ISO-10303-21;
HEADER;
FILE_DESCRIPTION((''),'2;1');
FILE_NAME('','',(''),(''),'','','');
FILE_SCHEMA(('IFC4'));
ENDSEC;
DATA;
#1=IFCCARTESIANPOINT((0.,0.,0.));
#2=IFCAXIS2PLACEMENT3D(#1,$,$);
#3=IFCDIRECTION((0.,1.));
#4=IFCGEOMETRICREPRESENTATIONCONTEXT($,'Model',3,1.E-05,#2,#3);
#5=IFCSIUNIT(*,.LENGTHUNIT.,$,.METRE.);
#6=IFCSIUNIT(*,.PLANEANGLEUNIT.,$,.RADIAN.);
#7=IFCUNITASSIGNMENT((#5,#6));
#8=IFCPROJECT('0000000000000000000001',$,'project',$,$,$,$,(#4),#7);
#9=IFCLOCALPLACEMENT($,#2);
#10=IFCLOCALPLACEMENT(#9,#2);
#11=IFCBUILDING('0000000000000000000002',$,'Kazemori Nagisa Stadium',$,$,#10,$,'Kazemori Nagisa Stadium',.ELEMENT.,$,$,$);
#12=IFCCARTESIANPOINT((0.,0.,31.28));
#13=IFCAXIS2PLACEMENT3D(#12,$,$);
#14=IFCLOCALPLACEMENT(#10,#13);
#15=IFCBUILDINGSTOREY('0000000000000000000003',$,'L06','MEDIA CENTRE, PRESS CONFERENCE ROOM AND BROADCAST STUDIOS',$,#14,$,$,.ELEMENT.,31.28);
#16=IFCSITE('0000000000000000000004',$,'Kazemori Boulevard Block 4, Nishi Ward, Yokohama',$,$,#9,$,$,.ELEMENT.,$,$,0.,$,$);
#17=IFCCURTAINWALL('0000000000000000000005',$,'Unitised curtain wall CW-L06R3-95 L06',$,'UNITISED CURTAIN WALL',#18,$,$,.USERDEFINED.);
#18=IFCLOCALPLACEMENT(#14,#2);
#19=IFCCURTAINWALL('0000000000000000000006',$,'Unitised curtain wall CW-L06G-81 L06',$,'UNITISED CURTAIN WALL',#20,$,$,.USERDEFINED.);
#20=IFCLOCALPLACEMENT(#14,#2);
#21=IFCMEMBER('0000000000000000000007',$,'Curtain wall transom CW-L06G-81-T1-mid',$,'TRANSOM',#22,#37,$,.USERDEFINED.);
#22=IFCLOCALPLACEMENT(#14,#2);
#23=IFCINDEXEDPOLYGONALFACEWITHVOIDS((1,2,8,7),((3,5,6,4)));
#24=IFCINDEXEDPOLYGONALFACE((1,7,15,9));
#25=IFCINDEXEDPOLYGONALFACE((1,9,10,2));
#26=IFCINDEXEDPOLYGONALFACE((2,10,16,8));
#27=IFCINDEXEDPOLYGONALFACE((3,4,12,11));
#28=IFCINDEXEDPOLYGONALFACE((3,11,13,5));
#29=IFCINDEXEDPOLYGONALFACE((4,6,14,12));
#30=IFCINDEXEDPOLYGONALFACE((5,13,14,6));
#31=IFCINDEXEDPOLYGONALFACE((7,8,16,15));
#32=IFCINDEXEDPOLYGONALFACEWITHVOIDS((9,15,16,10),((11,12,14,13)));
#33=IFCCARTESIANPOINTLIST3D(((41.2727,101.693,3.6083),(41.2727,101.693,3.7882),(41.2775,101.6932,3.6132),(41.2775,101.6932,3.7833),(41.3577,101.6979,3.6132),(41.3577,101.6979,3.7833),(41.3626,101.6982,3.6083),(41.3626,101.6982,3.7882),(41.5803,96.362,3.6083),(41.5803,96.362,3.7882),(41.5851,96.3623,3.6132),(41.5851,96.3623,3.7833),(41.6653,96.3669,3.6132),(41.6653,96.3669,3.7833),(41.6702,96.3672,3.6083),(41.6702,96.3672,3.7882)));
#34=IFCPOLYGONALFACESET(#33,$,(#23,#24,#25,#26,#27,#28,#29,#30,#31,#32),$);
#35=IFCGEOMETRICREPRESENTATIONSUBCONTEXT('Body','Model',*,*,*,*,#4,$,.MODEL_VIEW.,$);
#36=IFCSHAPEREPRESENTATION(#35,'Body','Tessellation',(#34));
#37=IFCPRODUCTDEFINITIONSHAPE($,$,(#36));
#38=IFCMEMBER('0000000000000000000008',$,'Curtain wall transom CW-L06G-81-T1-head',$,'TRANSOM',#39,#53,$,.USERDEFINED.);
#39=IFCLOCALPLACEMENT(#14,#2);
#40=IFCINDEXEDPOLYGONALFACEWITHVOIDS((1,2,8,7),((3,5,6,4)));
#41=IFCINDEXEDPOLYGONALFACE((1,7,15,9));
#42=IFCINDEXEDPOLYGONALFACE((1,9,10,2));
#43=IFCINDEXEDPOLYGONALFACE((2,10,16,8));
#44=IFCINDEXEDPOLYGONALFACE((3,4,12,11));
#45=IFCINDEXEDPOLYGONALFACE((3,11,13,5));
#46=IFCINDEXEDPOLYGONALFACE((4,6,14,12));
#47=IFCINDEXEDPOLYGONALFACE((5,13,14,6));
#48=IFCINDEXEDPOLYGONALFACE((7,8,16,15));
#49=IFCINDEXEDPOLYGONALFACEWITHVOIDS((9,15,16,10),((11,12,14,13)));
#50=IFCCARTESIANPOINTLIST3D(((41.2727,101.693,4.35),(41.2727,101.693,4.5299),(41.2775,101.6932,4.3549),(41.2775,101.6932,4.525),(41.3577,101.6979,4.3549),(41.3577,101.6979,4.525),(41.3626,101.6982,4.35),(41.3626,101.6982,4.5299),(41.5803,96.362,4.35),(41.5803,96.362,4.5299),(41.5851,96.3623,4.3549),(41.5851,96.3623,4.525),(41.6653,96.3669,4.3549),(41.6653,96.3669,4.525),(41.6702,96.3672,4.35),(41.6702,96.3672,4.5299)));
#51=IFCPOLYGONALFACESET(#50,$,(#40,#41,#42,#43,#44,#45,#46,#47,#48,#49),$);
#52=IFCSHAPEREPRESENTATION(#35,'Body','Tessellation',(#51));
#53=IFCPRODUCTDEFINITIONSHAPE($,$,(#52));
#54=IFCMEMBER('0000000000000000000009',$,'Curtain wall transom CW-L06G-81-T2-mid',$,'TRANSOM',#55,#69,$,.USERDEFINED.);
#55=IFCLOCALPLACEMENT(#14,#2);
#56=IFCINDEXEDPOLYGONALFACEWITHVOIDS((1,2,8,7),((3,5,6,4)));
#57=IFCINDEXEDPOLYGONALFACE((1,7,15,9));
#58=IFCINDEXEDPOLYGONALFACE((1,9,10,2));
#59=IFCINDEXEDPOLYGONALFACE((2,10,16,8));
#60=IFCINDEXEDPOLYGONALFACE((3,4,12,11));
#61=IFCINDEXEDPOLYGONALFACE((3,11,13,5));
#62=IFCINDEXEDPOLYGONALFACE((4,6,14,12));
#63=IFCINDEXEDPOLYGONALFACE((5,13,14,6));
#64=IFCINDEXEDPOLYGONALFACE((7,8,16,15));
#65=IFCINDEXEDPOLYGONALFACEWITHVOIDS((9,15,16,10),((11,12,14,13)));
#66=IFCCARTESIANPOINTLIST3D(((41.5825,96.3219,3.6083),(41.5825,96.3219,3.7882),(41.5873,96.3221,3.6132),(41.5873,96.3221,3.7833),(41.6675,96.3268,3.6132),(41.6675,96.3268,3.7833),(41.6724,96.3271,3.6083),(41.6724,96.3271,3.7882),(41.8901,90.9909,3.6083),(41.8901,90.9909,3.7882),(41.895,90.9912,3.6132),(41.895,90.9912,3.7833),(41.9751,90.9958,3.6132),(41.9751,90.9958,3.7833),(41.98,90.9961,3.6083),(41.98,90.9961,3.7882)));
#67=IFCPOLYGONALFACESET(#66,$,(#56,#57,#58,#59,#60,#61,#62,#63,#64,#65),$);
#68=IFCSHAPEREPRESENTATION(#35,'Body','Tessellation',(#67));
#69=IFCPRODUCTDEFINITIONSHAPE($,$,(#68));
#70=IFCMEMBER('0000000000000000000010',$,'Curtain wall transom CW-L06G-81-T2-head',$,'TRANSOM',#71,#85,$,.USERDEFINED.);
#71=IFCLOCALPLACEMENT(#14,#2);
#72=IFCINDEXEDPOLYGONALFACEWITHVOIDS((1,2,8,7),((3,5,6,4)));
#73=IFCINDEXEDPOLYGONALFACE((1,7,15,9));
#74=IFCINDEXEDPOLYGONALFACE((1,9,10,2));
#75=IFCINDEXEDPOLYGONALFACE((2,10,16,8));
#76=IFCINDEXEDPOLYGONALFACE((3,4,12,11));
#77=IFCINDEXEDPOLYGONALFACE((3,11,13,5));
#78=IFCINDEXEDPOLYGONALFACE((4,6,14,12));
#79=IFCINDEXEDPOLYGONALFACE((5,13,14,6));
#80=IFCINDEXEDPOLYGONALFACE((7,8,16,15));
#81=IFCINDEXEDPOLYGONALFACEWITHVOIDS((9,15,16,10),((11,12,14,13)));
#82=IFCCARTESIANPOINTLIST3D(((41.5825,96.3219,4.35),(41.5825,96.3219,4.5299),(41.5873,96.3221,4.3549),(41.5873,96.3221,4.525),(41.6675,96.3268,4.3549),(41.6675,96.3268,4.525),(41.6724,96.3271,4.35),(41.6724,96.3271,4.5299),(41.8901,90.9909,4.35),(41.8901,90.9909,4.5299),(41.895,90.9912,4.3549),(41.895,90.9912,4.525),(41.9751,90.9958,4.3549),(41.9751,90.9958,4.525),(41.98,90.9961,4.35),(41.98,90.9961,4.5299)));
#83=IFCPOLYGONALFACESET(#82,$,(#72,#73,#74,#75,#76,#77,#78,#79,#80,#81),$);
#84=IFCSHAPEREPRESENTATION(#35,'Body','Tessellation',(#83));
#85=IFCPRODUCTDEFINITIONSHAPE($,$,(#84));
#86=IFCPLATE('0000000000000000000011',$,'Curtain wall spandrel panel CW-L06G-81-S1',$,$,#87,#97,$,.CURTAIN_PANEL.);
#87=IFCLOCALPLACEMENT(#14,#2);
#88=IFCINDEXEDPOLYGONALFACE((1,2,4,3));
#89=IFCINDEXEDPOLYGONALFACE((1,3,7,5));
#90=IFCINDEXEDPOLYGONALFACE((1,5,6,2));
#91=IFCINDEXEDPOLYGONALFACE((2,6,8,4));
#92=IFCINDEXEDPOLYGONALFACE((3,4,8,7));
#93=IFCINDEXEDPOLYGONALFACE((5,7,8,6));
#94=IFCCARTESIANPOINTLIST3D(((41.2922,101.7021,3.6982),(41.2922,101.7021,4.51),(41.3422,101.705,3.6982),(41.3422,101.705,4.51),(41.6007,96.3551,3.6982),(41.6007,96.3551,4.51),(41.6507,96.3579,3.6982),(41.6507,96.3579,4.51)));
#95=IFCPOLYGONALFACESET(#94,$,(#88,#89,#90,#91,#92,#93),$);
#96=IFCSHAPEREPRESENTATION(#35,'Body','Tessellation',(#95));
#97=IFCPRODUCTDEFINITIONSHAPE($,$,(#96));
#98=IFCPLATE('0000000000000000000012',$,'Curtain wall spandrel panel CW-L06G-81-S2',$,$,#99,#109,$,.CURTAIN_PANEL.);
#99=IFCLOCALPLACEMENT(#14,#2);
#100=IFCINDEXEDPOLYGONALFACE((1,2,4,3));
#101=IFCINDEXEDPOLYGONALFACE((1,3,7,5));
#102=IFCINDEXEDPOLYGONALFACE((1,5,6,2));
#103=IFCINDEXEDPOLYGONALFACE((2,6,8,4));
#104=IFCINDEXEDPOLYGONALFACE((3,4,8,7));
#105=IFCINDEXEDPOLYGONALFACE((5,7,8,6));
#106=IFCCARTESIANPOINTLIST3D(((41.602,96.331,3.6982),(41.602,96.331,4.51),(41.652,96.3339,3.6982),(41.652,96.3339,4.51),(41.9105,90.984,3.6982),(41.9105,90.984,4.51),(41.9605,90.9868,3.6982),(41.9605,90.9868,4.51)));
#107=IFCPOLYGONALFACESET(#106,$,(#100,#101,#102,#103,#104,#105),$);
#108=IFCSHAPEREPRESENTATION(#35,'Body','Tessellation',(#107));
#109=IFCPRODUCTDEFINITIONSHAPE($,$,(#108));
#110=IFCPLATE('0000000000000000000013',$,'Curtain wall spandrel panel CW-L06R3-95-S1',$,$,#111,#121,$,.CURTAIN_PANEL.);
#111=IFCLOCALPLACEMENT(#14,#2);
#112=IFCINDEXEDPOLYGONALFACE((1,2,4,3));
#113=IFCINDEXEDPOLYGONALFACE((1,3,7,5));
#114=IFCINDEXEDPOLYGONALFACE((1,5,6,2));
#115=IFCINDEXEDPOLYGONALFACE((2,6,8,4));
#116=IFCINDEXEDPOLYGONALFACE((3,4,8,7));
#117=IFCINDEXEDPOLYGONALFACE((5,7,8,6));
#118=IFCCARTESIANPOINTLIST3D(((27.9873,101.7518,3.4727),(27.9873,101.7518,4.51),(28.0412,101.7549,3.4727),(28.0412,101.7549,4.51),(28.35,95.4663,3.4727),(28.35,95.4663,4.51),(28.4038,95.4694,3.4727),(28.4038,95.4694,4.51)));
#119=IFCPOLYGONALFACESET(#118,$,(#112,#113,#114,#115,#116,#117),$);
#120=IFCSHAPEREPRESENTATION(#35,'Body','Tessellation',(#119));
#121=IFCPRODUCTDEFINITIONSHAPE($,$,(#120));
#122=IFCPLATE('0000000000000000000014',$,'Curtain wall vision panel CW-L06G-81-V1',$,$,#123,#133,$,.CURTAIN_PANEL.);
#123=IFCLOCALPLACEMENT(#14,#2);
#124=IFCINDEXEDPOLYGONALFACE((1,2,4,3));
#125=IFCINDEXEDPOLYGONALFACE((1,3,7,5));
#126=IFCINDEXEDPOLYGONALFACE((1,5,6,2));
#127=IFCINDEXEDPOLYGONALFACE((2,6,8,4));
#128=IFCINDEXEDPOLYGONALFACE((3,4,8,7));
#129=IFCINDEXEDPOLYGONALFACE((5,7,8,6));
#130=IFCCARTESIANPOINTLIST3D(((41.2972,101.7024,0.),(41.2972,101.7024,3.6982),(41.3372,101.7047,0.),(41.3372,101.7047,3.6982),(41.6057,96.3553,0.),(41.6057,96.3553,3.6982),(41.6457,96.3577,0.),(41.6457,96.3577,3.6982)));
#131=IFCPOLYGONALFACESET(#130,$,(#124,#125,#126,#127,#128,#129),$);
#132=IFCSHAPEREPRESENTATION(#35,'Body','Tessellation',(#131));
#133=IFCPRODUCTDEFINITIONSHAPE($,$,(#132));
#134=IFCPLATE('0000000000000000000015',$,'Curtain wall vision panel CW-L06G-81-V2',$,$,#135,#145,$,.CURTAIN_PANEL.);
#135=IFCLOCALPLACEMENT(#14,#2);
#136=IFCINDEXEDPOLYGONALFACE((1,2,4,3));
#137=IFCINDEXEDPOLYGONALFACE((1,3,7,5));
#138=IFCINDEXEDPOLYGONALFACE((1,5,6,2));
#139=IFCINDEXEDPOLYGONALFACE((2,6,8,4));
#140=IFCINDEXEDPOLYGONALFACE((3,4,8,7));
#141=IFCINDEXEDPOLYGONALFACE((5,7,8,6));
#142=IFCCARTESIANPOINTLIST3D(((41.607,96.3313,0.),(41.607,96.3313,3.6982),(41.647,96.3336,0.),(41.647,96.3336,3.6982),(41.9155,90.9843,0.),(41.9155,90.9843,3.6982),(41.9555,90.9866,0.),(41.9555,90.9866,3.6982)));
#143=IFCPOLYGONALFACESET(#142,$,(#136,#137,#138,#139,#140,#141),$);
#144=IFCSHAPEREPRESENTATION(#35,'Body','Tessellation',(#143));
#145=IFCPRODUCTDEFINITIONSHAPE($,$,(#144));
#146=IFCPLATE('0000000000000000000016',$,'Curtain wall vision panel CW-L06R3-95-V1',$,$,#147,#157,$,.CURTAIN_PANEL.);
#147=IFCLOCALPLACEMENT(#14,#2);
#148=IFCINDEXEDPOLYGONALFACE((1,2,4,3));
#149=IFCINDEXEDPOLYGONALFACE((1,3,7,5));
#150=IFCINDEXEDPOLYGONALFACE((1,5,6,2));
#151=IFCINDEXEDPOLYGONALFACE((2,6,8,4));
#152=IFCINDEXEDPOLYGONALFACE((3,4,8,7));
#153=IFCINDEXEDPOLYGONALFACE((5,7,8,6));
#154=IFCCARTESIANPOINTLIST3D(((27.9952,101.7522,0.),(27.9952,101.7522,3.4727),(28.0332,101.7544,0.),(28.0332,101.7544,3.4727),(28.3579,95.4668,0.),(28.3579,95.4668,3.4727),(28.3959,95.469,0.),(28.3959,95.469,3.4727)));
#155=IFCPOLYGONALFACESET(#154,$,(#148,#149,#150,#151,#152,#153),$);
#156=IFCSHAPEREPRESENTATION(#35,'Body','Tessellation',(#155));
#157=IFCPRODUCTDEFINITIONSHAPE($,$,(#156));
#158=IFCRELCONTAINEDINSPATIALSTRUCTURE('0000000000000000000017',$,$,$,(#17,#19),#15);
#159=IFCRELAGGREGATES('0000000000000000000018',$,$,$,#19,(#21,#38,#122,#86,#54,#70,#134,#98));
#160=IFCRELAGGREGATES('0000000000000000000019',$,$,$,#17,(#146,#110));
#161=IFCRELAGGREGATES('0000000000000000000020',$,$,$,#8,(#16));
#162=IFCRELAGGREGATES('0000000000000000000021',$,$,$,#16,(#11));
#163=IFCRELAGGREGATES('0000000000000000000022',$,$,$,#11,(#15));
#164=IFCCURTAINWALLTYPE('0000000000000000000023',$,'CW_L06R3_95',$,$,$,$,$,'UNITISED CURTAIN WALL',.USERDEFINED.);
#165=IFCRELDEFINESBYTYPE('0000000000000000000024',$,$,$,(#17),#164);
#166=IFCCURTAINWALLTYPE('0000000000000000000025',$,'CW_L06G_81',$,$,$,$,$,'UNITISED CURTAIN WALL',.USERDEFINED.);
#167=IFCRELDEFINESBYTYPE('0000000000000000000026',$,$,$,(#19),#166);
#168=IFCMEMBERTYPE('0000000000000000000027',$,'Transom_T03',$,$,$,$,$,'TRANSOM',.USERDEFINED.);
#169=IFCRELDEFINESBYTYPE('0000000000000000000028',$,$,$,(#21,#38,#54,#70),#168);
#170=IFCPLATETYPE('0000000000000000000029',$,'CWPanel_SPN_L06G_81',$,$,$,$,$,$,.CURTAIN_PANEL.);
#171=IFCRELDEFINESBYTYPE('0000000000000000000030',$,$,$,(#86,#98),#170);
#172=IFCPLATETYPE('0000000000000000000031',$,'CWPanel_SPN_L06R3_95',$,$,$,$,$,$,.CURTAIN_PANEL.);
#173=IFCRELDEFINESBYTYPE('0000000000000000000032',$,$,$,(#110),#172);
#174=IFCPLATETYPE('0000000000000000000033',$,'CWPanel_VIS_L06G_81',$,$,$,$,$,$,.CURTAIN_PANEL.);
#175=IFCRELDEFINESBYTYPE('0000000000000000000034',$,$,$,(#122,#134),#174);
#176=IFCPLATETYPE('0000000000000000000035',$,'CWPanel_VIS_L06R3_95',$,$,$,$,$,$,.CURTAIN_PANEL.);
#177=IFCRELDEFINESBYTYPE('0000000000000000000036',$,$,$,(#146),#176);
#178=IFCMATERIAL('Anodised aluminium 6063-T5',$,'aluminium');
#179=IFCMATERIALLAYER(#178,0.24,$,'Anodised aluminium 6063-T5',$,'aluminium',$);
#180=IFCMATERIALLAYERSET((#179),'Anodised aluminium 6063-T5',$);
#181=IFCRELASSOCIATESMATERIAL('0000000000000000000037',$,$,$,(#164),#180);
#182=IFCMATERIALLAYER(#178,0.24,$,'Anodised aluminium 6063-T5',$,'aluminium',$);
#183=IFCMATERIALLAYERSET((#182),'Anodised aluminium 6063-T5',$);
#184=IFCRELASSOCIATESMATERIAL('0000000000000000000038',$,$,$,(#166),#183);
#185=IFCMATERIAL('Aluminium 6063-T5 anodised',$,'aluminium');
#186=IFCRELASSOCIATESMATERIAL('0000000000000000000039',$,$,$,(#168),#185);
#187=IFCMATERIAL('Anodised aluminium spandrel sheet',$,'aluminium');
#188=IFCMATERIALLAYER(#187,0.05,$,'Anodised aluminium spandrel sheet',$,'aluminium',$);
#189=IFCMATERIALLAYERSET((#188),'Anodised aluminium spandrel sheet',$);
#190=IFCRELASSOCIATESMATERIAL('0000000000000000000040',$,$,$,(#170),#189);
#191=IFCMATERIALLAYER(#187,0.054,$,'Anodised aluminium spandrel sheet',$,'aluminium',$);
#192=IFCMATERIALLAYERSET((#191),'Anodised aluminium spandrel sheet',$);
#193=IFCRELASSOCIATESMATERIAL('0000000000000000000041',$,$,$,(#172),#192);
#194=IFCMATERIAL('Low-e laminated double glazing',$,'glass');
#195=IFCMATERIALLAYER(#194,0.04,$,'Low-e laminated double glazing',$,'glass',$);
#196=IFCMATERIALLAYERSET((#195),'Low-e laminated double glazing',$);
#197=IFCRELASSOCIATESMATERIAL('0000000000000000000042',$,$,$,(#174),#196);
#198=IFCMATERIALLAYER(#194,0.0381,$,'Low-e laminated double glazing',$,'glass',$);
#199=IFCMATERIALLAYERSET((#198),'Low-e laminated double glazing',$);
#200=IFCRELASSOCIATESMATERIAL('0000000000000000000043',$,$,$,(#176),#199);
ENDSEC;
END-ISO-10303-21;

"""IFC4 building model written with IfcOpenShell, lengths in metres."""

from ifc_helpers import new_model, si_unit, direction, frame, origin, origin_2d, place, context, subcontext, project, spatial, rectangle, hollow_rectangle, extrude, material, layer, layer_set, material_profile, profile_set, type_object, element, aggregate, save


model = new_model("IFC4")

# Units and contexts
model_context = context("Model", 3, precision=1e-05, world=origin(), true_north=direction((0.0, 1.0)))
body_context = subcontext(model_context, "Body", "Model", "MODEL_VIEW")
ifc_project = project(units=[si_unit("LENGTHUNIT", "METRE"), si_unit("PLANEANGLEUNIT", "RADIAN")], contexts=[model_context])

# Site, building, storey
site_placement = place(None, origin())
site = spatial("IfcSite", under=ifc_project, at=site_placement, Name="Kazemori Boulevard Block 4, Nishi Ward, Yokohama", CompositionType="ELEMENT", RefElevation=0.0)
building_placement = place(site_placement, origin())
building = spatial("IfcBuilding", under=site, at=building_placement, Name="Kazemori Nagisa Stadium", LongName="Kazemori Nagisa Stadium", CompositionType="ELEMENT")
storey_placement = place(building_placement, frame((0.0, 0.0, 31.28)))
storey = spatial("IfcBuildingStorey", under=building, at=storey_placement, Name="L06", Description="MEDIA CENTRE, PRESS CONFERENCE ROOM AND BROADCAST STUDIOS", CompositionType="ELEMENT", Elevation=31.28)

# Curtain walls
ifc_material_1 = material(Name="Anodised aluminium 6063-T5", Category="aluminium")
ifc_layer_1 = layer(ifc_material_1, 0.24, Name="Anodised aluminium 6063-T5", Category="aluminium")
ifc_layer_set_1 = layer_set([ifc_layer_1], Name="Anodised aluminium 6063-T5")
curtain_wall_type_1 = type_object("IfcCurtainWallType", Name="CW_L06R3_95", ElementType="UNITISED CURTAIN WALL", PredefinedType="USERDEFINED", material=ifc_layer_set_1)
curtain_wall_1_placement = place(storey_placement, origin())
curtain_wall_1 = element("IfcCurtainWall", 1, at=curtain_wall_1_placement, inside=storey, type_object=curtain_wall_type_1, Name="Unitised curtain wall CW-L06R3-95 L06", ObjectType="UNITISED CURTAIN WALL", PredefinedType="USERDEFINED")
ifc_material_2 = material(Name="Aluminium 6063-T5 anodised", Category="aluminium")
ifc_layer_2 = layer(ifc_material_1, 0.24, Name="Anodised aluminium 6063-T5", Category="aluminium")
ifc_layer_set_2 = layer_set([ifc_layer_2], Name="Anodised aluminium 6063-T5")
curtain_wall_type_2 = type_object("IfcCurtainWallType", Name="CW_L06G_81", ElementType="UNITISED CURTAIN WALL", PredefinedType="USERDEFINED", material=ifc_layer_set_2)
curtain_wall_2_placement = place(storey_placement, origin())
curtain_wall_2 = element("IfcCurtainWall", 2, at=curtain_wall_2_placement, inside=storey, type_object=curtain_wall_type_2, Name="Unitised curtain wall CW-L06G-81 L06", ObjectType="UNITISED CURTAIN WALL", PredefinedType="USERDEFINED")

# Members
ifc_material_profile_1 = material_profile(ifc_material_2, hollow_rectangle(XDim=0.0901, YDim=0.1799, WallThickness=0.0049, at=origin_2d()), Name="ALU-TRAN-90x180x5")
ifc_profile_set_1 = profile_set([ifc_material_profile_1], Name="Aluminium 6063-T5 anodised")
member_type_1 = type_object("IfcMemberType", Name="Transom_T03", ElementType="TRANSOM", PredefinedType="USERDEFINED", material=ifc_profile_set_1)
member_1_placement = place(storey_placement, frame((41.3176, 101.6956, 3.6982), z_axis=(0.057607, -0.998339, 0.0), x_axis=(0.998339, 0.057607, 0.0)))
member_1 = element("IfcMember", 3, at=member_1_placement, type_object=member_type_1, Name="Curtain wall transom CW-L06G-81-T1-mid", ObjectType="TRANSOM", PredefinedType="USERDEFINED", context=body_context, shape_type="SweptSolid", body=[
    extrude(hollow_rectangle(XDim=0.0901, YDim=0.1799, WallThickness=0.0049, at=origin_2d()), origin(), (0.0, 0.0, 1.0), 5.3398),
])
member_2_placement = place(storey_placement, frame((41.3176, 101.6956, 4.4399), z_axis=(0.057607, -0.998339, 0.0), x_axis=(0.998339, 0.057607, 0.0)))
member_2 = element("IfcMember", 4, at=member_2_placement, type_object=member_type_1, Name="Curtain wall transom CW-L06G-81-T1-head", ObjectType="TRANSOM", PredefinedType="USERDEFINED", context=body_context, shape_type="SweptSolid", body=[
    extrude(hollow_rectangle(XDim=0.0901, YDim=0.1799, WallThickness=0.0049, at=origin_2d()), origin(), (0.0, 0.0, 1.0), 5.3398),
])
member_3_placement = place(storey_placement, frame((41.6274, 96.3245, 3.6982), z_axis=(0.057607, -0.998339, 0.0), x_axis=(0.998339, 0.057607, 0.0)))
member_3 = element("IfcMember", 5, at=member_3_placement, type_object=member_type_1, Name="Curtain wall transom CW-L06G-81-T2-mid", ObjectType="TRANSOM", PredefinedType="USERDEFINED", context=body_context, shape_type="SweptSolid", body=[
    extrude(hollow_rectangle(XDim=0.0901, YDim=0.1799, WallThickness=0.0049, at=origin_2d()), origin(), (0.0, 0.0, 1.0), 5.3398),
])
member_4_placement = place(storey_placement, frame((41.6274, 96.3245, 4.4399), z_axis=(0.057607, -0.998339, 0.0), x_axis=(0.998339, 0.057607, 0.0)))
member_4 = element("IfcMember", 6, at=member_4_placement, type_object=member_type_1, Name="Curtain wall transom CW-L06G-81-T2-head", ObjectType="TRANSOM", PredefinedType="USERDEFINED", context=body_context, shape_type="SweptSolid", body=[
    extrude(hollow_rectangle(XDim=0.0901, YDim=0.1799, WallThickness=0.0049, at=origin_2d()), origin(), (0.0, 0.0, 1.0), 5.3398),
])

# Plates
ifc_material_3 = material(Name="Anodised aluminium spandrel sheet", Category="aluminium")
ifc_layer_3 = layer(ifc_material_3, 0.05, Name="Anodised aluminium spandrel sheet", Category="aluminium")
ifc_layer_set_3 = layer_set([ifc_layer_3], Name="Anodised aluminium spandrel sheet")
plate_type_1 = type_object("IfcPlateType", Name="CWPanel_SPN_L06G_81", PredefinedType="CURTAIN_PANEL", material=ifc_layer_set_3)
plate_1_placement = place(storey_placement, frame((41.4714, 99.03, 3.6982), z_axis=(0.0, 0.0, 1.0), x_axis=(0.057602, -0.99834, 0.0)))
plate_1 = element("IfcPlate", 7, at=plate_1_placement, type_object=plate_type_1, Name="Curtain wall spandrel panel CW-L06G-81-S1", PredefinedType="CURTAIN_PANEL", context=body_context, shape_type="SweptSolid", body=[
    extrude(rectangle(XDim=5.356, YDim=0.05, at=origin_2d()), origin(), (0.0, 0.0, 1.0), 0.8118),
])
plate_2_placement = place(storey_placement, frame((41.7812, 93.6589, 3.6982), z_axis=(0.0, 0.0, 1.0), x_axis=(0.057602, -0.99834, 0.0)))
plate_2 = element("IfcPlate", 8, at=plate_2_placement, type_object=plate_type_1, Name="Curtain wall spandrel panel CW-L06G-81-S2", PredefinedType="CURTAIN_PANEL", context=body_context, shape_type="SweptSolid", body=[
    extrude(rectangle(XDim=5.356, YDim=0.05, at=origin_2d()), origin(), (0.0, 0.0, 1.0), 0.8118),
])
ifc_layer_4 = layer(ifc_material_3, 0.054, Name="Anodised aluminium spandrel sheet", Category="aluminium")
ifc_layer_set_4 = layer_set([ifc_layer_4], Name="Anodised aluminium spandrel sheet")
plate_type_2 = type_object("IfcPlateType", Name="CWPanel_SPN_L06R3_95", PredefinedType="CURTAIN_PANEL", material=ifc_layer_set_4)
plate_3_placement = place(storey_placement, frame((28.1956, 98.6106, 3.4727), z_axis=(0.0, 0.0, 1.0), x_axis=(0.057602, -0.99834, 0.0)))
plate_3 = element("IfcPlate", 9, at=plate_3_placement, type_object=plate_type_2, Name="Curtain wall spandrel panel CW-L06R3-95-S1", PredefinedType="CURTAIN_PANEL", context=body_context, shape_type="SweptSolid", body=[
    extrude(rectangle(XDim=6.2959, YDim=0.054, at=origin_2d()), origin(), (0.0, 0.0, 1.0), 1.0374),
])
ifc_material_4 = material(Name="Low-e laminated double glazing", Category="glass")
ifc_layer_5 = layer(ifc_material_4, 0.04, Name="Low-e laminated double glazing", Category="glass")
ifc_layer_set_5 = layer_set([ifc_layer_5], Name="Low-e laminated double glazing")
plate_type_3 = type_object("IfcPlateType", Name="CWPanel_VIS_L06G_81", PredefinedType="CURTAIN_PANEL", material=ifc_layer_set_5)
plate_4_placement = place(storey_placement, frame((41.4714, 99.03, 0.0), z_axis=(0.0, 0.0, 1.0), x_axis=(0.057602, -0.99834, 0.0)))
plate_4 = element("IfcPlate", 10, at=plate_4_placement, type_object=plate_type_3, Name="Curtain wall vision panel CW-L06G-81-V1", PredefinedType="CURTAIN_PANEL", context=body_context, shape_type="SweptSolid", body=[
    extrude(rectangle(XDim=5.356, YDim=0.04, at=origin_2d()), origin(), (0.0, 0.0, 1.0), 3.6982),
])
plate_5_placement = place(storey_placement, frame((41.7812, 93.6589, 0.0), z_axis=(0.0, 0.0, 1.0), x_axis=(0.057602, -0.99834, 0.0)))
plate_5 = element("IfcPlate", 11, at=plate_5_placement, type_object=plate_type_3, Name="Curtain wall vision panel CW-L06G-81-V2", PredefinedType="CURTAIN_PANEL", context=body_context, shape_type="SweptSolid", body=[
    extrude(rectangle(XDim=5.356, YDim=0.04, at=origin_2d()), origin(), (0.0, 0.0, 1.0), 3.6982),
])
aggregate(curtain_wall_2, [member_1, member_2, plate_4, plate_1, member_3, member_4, plate_5, plate_2])
ifc_layer_6 = layer(ifc_material_4, 0.0381, Name="Low-e laminated double glazing", Category="glass")
ifc_layer_set_6 = layer_set([ifc_layer_6], Name="Low-e laminated double glazing")
plate_type_4 = type_object("IfcPlateType", Name="CWPanel_VIS_L06R3_95", PredefinedType="CURTAIN_PANEL", material=ifc_layer_set_6)
plate_6_placement = place(storey_placement, frame((28.1956, 98.6106, 0.0), z_axis=(0.0, 0.0, 1.0), x_axis=(0.057602, -0.99834, 0.0)))
plate_6 = element("IfcPlate", 12, at=plate_6_placement, type_object=plate_type_4, Name="Curtain wall vision panel CW-L06R3-95-V1", PredefinedType="CURTAIN_PANEL", context=body_context, shape_type="SweptSolid", body=[
    extrude(rectangle(XDim=6.2959, YDim=0.0381, at=origin_2d()), origin(), (0.0, 0.0, 1.0), 3.4727),
])
aggregate(curtain_wall_1, [plate_6, plate_3])

save(model, "model.ifc")
